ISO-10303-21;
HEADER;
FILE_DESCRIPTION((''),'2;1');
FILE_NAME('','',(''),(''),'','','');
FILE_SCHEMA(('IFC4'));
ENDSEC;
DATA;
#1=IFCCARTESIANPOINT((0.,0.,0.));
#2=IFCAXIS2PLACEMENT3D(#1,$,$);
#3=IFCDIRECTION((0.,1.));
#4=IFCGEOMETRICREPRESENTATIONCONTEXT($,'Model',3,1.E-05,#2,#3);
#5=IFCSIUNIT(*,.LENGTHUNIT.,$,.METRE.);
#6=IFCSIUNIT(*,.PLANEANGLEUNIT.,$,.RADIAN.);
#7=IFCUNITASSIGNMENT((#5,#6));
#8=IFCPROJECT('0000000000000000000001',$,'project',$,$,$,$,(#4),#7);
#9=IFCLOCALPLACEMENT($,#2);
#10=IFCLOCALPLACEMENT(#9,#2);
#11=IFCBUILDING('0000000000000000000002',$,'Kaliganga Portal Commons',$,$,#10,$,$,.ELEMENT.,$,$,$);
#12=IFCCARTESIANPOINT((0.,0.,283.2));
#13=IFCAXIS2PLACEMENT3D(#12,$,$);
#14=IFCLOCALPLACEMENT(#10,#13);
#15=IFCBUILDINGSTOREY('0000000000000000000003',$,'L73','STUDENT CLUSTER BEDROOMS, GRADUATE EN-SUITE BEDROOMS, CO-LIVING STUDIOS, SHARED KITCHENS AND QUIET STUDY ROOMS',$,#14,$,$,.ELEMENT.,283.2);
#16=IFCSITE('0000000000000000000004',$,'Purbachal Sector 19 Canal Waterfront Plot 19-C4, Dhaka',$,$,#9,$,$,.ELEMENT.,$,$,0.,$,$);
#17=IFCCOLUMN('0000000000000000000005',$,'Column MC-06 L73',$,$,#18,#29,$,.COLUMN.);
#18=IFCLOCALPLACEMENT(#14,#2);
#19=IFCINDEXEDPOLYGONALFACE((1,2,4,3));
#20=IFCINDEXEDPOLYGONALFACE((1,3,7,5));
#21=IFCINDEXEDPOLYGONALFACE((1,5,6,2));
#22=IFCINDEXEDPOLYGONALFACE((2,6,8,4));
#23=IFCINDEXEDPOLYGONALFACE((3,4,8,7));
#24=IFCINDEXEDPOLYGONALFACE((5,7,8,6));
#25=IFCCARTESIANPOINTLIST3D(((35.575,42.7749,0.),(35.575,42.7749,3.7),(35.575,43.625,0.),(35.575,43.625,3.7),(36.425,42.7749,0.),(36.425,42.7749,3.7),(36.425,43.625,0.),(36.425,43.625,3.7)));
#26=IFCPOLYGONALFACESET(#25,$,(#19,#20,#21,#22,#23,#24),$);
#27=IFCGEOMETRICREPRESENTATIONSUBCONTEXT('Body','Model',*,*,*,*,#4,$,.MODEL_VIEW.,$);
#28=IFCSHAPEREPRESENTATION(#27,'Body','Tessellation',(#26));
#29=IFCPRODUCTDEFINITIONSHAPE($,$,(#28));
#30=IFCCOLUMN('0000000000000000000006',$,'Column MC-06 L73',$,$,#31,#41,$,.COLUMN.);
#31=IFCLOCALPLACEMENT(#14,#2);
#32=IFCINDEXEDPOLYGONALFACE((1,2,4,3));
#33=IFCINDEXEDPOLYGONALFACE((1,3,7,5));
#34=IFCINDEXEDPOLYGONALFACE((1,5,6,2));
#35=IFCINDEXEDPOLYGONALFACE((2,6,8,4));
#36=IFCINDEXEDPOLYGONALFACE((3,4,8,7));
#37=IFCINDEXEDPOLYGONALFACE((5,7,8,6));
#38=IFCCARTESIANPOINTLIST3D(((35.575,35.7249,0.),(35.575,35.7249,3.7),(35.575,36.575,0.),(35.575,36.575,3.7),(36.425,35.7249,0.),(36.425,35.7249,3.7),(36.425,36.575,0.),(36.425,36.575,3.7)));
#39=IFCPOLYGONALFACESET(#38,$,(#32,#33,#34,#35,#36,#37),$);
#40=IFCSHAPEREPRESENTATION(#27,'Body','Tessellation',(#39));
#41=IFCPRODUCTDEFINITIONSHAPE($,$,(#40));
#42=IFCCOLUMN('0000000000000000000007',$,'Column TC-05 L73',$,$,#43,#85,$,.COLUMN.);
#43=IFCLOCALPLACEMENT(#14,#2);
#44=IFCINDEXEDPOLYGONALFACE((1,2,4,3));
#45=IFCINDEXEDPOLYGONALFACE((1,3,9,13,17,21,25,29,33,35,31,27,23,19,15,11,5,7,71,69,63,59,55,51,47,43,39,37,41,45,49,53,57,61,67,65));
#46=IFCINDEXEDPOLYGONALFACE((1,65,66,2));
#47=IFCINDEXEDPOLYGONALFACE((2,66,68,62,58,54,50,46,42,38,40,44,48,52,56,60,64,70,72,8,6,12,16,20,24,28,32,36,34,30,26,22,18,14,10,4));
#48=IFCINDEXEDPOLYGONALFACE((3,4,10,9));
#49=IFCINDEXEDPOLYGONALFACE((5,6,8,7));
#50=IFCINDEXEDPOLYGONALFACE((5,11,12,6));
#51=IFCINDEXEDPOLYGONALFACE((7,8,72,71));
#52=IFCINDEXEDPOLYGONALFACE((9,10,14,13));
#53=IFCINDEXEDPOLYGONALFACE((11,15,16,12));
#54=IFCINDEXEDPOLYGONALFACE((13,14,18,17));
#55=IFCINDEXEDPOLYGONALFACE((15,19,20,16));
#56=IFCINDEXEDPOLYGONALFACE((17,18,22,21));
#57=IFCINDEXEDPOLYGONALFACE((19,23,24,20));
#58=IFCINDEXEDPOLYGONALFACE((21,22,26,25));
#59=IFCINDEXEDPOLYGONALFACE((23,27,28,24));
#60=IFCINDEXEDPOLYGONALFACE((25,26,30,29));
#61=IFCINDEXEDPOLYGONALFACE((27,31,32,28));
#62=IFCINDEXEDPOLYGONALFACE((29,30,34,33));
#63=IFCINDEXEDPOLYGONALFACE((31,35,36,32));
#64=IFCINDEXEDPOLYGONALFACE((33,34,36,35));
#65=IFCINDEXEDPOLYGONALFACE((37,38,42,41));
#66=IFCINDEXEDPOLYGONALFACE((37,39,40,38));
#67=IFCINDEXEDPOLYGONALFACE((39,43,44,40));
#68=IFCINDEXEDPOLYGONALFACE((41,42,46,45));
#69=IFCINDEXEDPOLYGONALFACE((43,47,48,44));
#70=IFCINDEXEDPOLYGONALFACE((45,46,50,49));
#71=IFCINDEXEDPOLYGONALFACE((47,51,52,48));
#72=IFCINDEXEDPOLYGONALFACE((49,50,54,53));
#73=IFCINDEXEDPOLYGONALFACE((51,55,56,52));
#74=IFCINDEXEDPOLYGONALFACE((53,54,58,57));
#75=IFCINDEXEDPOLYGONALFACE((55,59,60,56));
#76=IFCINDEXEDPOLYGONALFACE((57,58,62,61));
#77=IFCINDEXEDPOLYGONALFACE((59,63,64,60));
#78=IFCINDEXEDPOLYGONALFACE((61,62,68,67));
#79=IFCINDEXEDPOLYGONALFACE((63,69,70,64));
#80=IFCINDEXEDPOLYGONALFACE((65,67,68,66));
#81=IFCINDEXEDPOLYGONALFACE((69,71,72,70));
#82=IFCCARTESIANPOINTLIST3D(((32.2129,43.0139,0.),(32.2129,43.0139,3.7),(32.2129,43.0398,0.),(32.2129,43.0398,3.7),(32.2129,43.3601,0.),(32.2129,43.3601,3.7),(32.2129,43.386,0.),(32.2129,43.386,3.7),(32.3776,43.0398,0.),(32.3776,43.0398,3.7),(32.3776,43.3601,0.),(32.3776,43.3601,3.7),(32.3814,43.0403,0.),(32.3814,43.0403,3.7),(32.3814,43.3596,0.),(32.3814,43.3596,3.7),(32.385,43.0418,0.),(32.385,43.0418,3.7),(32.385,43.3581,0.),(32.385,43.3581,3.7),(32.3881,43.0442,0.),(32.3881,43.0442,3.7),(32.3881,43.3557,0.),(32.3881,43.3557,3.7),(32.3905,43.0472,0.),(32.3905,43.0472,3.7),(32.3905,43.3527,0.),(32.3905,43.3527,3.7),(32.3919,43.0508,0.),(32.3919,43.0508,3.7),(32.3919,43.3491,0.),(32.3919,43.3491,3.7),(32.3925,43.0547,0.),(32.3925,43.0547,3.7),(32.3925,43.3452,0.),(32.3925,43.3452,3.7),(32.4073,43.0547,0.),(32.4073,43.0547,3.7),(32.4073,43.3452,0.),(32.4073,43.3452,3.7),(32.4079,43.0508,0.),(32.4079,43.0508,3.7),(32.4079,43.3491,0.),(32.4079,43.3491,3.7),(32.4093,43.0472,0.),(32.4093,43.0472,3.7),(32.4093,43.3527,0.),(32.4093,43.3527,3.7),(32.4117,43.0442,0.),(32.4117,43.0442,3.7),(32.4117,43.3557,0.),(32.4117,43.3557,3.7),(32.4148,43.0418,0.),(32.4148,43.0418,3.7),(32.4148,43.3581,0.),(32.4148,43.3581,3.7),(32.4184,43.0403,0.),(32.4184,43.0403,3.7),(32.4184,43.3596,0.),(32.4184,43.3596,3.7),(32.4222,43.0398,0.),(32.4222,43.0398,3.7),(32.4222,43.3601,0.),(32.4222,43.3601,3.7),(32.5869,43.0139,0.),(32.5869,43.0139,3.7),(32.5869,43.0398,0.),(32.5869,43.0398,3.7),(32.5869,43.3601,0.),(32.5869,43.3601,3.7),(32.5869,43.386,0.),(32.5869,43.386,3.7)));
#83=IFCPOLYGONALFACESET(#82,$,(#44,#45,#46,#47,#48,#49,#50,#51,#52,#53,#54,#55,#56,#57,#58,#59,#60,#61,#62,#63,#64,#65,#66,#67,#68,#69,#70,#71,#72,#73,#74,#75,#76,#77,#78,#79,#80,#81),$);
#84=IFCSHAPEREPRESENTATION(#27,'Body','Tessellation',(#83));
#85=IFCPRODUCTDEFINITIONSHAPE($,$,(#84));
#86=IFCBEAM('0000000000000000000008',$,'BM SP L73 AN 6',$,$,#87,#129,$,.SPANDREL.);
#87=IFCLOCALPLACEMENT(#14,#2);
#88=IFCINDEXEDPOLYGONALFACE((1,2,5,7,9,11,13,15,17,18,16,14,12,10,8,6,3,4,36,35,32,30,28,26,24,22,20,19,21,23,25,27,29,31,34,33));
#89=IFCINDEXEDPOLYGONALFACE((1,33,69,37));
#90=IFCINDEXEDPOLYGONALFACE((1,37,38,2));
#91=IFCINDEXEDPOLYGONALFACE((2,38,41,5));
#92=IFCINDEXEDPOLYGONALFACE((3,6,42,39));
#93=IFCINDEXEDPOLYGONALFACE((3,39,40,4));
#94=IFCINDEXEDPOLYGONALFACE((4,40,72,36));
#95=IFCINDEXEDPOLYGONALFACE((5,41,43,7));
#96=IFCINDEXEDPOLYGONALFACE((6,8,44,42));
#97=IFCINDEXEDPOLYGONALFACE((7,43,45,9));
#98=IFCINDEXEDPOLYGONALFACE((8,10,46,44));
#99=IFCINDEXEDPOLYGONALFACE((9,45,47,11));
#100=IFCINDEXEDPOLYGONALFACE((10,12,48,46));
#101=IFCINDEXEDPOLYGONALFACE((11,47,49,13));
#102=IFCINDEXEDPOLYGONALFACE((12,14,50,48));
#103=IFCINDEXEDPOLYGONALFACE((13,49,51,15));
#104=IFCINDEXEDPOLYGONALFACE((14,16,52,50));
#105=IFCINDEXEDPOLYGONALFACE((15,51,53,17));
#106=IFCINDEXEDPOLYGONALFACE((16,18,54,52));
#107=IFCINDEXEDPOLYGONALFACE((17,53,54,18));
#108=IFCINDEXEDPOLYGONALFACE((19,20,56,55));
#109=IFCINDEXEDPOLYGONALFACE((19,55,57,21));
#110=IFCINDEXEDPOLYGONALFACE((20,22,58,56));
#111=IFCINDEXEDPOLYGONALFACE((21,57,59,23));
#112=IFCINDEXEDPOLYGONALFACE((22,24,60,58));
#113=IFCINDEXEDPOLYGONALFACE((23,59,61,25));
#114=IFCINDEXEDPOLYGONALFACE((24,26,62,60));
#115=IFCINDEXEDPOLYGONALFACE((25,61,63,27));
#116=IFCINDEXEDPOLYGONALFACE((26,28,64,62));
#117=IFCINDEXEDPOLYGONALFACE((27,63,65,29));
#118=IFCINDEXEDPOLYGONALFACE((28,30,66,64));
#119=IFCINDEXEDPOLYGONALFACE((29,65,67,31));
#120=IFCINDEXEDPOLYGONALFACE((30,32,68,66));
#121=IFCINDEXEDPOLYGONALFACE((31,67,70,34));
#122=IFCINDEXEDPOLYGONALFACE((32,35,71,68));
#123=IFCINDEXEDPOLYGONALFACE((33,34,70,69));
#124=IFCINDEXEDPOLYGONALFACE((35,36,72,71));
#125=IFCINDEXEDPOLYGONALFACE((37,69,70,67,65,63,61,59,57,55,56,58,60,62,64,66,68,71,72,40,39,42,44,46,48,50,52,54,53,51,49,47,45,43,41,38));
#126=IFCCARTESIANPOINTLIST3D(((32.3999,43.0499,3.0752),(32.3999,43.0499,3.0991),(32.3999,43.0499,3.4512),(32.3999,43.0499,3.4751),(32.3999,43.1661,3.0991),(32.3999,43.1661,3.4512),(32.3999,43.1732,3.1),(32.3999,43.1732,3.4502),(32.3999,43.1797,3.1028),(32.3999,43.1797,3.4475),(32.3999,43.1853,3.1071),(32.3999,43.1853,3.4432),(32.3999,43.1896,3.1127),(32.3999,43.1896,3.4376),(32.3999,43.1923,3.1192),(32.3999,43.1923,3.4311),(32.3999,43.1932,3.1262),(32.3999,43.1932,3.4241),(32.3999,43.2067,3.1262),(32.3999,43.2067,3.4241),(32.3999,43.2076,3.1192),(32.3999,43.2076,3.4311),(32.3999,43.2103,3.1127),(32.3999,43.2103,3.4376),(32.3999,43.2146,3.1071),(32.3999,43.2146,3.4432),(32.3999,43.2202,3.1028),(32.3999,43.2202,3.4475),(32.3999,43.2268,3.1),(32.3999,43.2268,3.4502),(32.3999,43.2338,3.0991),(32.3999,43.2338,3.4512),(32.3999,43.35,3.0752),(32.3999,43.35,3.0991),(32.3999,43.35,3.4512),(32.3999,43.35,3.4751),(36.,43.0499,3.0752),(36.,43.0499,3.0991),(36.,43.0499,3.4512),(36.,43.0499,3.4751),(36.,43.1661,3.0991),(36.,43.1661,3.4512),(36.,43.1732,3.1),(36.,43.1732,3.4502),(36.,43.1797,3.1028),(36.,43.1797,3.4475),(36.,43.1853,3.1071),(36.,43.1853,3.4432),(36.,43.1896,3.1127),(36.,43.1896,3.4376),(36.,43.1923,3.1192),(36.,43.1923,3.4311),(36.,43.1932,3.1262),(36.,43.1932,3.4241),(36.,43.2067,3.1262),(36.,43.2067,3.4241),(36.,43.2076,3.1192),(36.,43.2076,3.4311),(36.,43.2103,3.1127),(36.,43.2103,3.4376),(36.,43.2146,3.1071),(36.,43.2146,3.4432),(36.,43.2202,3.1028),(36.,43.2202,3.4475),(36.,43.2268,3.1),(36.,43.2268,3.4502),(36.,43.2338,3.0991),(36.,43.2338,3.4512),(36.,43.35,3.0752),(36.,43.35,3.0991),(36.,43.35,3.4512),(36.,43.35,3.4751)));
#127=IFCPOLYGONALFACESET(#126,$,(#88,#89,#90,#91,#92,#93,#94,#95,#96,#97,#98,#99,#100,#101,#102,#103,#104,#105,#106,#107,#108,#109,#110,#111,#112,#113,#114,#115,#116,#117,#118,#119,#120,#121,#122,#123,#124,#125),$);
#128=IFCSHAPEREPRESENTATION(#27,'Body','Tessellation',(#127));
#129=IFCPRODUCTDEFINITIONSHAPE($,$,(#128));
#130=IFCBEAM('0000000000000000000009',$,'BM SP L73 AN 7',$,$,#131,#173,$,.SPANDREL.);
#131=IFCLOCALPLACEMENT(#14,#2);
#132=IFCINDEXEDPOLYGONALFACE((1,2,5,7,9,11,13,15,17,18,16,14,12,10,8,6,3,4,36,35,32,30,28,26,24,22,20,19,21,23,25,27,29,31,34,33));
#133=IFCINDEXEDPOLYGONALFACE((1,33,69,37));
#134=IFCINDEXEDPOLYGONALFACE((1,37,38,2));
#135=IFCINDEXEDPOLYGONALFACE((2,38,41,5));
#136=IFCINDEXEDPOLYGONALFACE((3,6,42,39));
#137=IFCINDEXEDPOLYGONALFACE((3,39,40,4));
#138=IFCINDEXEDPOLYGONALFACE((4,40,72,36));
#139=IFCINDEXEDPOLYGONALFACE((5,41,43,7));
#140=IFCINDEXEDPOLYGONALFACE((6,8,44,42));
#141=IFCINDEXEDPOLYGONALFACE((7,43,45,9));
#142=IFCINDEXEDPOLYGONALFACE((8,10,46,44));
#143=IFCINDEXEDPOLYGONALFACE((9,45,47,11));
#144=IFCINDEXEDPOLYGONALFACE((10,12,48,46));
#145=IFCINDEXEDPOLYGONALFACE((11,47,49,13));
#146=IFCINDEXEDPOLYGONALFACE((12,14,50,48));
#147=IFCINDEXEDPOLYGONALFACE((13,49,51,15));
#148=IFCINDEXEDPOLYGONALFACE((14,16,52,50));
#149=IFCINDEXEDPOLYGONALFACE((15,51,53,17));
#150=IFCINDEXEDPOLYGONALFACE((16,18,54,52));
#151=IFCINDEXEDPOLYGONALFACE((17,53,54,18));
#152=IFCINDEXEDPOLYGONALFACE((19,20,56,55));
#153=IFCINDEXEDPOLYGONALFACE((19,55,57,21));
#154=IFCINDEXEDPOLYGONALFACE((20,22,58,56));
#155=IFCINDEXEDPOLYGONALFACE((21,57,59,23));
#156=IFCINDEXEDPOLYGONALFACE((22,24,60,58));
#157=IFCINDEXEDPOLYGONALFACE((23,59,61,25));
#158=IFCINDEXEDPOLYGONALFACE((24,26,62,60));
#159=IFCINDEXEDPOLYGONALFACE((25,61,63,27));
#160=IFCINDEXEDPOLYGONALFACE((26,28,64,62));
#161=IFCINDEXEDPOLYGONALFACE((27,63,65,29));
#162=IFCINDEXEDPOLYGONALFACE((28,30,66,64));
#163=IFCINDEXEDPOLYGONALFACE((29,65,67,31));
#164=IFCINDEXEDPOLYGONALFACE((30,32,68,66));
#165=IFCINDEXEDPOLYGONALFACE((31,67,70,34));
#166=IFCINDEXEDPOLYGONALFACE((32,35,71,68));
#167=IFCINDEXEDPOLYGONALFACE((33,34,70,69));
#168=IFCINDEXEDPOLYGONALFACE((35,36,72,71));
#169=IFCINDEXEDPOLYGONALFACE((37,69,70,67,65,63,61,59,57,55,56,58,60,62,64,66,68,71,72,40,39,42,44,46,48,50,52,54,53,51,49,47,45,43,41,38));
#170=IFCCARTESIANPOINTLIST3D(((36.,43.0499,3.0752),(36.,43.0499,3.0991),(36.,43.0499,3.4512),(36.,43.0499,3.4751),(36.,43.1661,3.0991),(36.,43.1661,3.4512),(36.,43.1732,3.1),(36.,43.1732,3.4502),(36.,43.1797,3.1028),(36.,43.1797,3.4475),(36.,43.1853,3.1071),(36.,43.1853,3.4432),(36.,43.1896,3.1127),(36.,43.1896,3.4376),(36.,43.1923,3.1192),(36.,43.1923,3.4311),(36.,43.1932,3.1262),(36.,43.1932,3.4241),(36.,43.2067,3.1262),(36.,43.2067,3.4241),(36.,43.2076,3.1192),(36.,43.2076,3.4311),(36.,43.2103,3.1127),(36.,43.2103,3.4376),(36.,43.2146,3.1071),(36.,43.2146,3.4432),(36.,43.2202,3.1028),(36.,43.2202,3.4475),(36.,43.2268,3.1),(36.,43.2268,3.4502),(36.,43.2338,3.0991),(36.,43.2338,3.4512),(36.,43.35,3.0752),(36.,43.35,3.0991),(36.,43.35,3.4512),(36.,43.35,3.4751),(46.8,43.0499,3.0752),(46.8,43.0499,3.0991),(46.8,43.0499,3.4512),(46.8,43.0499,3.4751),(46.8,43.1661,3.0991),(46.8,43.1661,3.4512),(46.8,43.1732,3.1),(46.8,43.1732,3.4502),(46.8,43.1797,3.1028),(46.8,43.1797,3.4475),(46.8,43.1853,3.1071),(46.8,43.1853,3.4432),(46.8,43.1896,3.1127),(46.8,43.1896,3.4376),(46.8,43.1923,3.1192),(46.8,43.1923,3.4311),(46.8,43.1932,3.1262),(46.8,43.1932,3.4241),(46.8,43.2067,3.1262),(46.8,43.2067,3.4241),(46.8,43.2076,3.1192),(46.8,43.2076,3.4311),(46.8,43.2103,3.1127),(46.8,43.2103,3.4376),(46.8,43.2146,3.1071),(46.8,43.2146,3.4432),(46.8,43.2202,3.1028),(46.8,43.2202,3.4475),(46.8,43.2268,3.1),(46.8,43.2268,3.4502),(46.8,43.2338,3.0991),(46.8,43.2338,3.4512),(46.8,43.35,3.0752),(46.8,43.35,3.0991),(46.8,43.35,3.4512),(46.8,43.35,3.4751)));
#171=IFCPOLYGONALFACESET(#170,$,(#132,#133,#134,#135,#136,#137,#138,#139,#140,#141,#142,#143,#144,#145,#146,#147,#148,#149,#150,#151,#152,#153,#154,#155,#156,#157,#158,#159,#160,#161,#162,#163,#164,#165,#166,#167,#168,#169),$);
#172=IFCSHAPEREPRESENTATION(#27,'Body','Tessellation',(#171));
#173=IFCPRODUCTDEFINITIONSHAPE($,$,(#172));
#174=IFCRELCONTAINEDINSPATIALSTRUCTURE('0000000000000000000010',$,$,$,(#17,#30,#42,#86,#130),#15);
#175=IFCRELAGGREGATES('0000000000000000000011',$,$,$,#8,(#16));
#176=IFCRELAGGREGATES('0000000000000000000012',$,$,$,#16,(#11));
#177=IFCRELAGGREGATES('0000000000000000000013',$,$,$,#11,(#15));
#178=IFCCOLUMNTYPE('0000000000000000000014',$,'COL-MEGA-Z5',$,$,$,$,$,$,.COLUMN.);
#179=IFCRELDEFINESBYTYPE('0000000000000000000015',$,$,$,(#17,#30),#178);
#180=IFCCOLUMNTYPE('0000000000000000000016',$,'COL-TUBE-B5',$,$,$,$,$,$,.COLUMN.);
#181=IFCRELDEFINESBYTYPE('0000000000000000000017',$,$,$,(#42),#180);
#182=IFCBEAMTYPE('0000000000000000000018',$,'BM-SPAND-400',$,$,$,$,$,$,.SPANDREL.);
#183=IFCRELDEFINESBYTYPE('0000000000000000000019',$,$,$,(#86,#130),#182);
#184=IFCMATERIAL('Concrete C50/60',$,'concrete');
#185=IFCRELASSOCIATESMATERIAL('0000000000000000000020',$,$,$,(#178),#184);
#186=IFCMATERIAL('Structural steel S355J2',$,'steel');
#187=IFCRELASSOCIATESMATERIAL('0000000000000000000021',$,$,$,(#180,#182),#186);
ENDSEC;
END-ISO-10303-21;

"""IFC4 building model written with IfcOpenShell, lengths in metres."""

from ifc_helpers import new_model, si_unit, direction, frame, origin, origin_2d, place, context, subcontext, project, spatial, rectangle, i_section, extrude, source, transform, mapped, material, material_profile, profile_set, type_object, element, save


model = new_model("IFC4")

# Units and contexts
model_context = context("Model", 3, precision=1e-05, world=origin(), true_north=direction((0.0, 1.0)))
body_context = subcontext(model_context, "Body", "Model", "MODEL_VIEW")
ifc_project = project(units=[si_unit("LENGTHUNIT", "METRE"), si_unit("PLANEANGLEUNIT", "RADIAN")], contexts=[model_context])

# Site, building, storey
site_placement = place(None, origin())
site = spatial("IfcSite", under=ifc_project, at=site_placement, Name="Purbachal Sector 19 Canal Waterfront Plot 19-C4, Dhaka", CompositionType="ELEMENT", RefElevation=0.0)
building_placement = place(site_placement, origin())
building = spatial("IfcBuilding", under=site, at=building_placement, Name="Kaliganga Portal Commons", CompositionType="ELEMENT")
storey_placement = place(building_placement, frame((0.0, 0.0, 283.2)))
storey = spatial("IfcBuildingStorey", under=building, at=storey_placement, Name="L73", Description="STUDENT CLUSTER BEDROOMS, GRADUATE EN-SUITE BEDROOMS, CO-LIVING STUDIOS, SHARED KITCHENS AND QUIET STUDY ROOMS", CompositionType="ELEMENT", Elevation=283.2)

# Columns
ifc_material_1 = material(Name="Concrete C50/60", Category="concrete")
ifc_material_profile_1 = material_profile(ifc_material_1, rectangle(XDim=0.8501, YDim=0.8501, at=origin_2d()), Name="RC 850x850")
ifc_profile_set_1 = profile_set([ifc_material_profile_1], Name="Concrete C50/60")
column_type_1 = type_object("IfcColumnType", Name="COL-MEGA-Z5", PredefinedType="COLUMN", material=ifc_profile_set_1)
shared_shape_1 = source(origin(), body_context, "Body", "SweptSolid", [
    extrude(rectangle(XDim=0.8501, YDim=0.8501, at=origin_2d()), origin(), (0.0, 0.0, 1.0), 3.7),
])
for number, where, z_axis, x_axis, name in (
    (1, (36.0, 43.2, 0.0), (0.0, 0.0, 1.0), (1.0, 0.0, 0.0), "Column MC-06 L73"),
    (2, (36.0, 36.1499, 0.0), (0.0, 0.0, 1.0), (1.0, 0.0, 0.0), "Column MC-06 L73"),
):
    element("IfcColumn", number, at=place(storey_placement, frame(where, z_axis=z_axis, x_axis=x_axis)), inside=storey, type_object=column_type_1, Name=name, PredefinedType="COLUMN", context=body_context, shape_type="MappedRepresentation", body=[
        mapped(shared_shape_1, transform((0.0, 0.0, 0.0), x_axis=(1.0, 0.0, 0.0), y_axis=(0.0, 1.0, 0.0), z_axis=(0.0, 0.0, 1.0), scale=1.0)),
    ])
ifc_material_2 = material(Name="Structural steel S355J2", Category="steel")
ifc_material_profile_2 = material_profile(ifc_material_2, i_section(OverallWidth=0.374, OverallDepth=0.3721, WebThickness=0.0149, FlangeThickness=0.0259, FilletRadius=0.0149, at=origin_2d()), Name="HD 360x196")
ifc_profile_set_2 = profile_set([ifc_material_profile_2], Name="Structural steel S355J2 wide-flange")
column_type_2 = type_object("IfcColumnType", Name="COL-TUBE-B5", PredefinedType="COLUMN", material=ifc_profile_set_2)
shared_shape_2 = source(origin(), body_context, "Body", "SweptSolid", [
    extrude(i_section(OverallWidth=0.374, OverallDepth=0.3721, WebThickness=0.0149, FlangeThickness=0.0259, FilletRadius=0.0149, at=origin_2d()), origin(), (0.0, 0.0, 1.0), 3.7),
])
column_placement = place(storey_placement, frame((32.3999, 43.2, 0.0), z_axis=(0.0, 0.0, 1.0), x_axis=(1.0, 0.0, 0.0)))
element("IfcColumn", 3, at=column_placement, inside=storey, type_object=column_type_2, Name="Column TC-05 L73", PredefinedType="COLUMN", context=body_context, shape_type="MappedRepresentation", body=[
    mapped(shared_shape_2, transform((0.0, 0.0, 0.0), x_axis=(1.0, 0.0, 0.0), y_axis=(0.0, 1.0, 0.0), z_axis=(0.0, 0.0, 1.0), scale=1.0)),
])

# Beams
ifc_material_profile_3 = material_profile(ifc_material_2, i_section(OverallWidth=0.3, OverallDepth=0.3999, WebThickness=0.0134, FlangeThickness=0.0239, FilletRadius=0.0271, at=origin_2d()), Name="HE 400 B")
ifc_profile_set_3 = profile_set([ifc_material_profile_3], Name="Structural steel S355J2 wide-flange")
beam_type_1 = type_object("IfcBeamType", Name="BM-SPAND-400", PredefinedType="SPANDREL", material=ifc_profile_set_3)
shared_shape_3 = source(origin(), body_context, "Body", "SweptSolid", [
    extrude(i_section(OverallWidth=0.3, OverallDepth=0.3999, WebThickness=0.0134, FlangeThickness=0.0239, FilletRadius=0.0271, at=origin_2d()), origin(), (0.0, 0.0, 1.0), 3.6001),
])
beam_1_placement = place(storey_placement, frame((32.3999, 43.2, 3.2751), z_axis=(1.0, 0.0, 0.0), x_axis=(0.0, 1.0, 0.0)))
element("IfcBeam", 4, at=beam_1_placement, inside=storey, type_object=beam_type_1, Name="BM SP L73 AN 6", PredefinedType="SPANDREL", context=body_context, shape_type="MappedRepresentation", body=[
    mapped(shared_shape_3, transform((0.0, 0.0, 0.0), x_axis=(1.0, 0.0, 0.0), y_axis=(0.0, 1.0, 0.0), z_axis=(0.0, 0.0, 1.0), scale=1.0)),
])
shared_shape_4 = source(origin(), body_context, "Body", "SweptSolid", [
    extrude(i_section(OverallWidth=0.3, OverallDepth=0.3999, WebThickness=0.0134, FlangeThickness=0.0239, FilletRadius=0.0271, at=origin_2d()), origin(), (0.0, 0.0, 1.0), 10.8),
])
beam_2_placement = place(storey_placement, frame((36.0, 43.2, 3.2751), z_axis=(1.0, 0.0, 0.0), x_axis=(0.0, 1.0, 0.0)))
element("IfcBeam", 5, at=beam_2_placement, inside=storey, type_object=beam_type_1, Name="BM SP L73 AN 7", PredefinedType="SPANDREL", context=body_context, shape_type="MappedRepresentation", body=[
    mapped(shared_shape_4, transform((0.0, 0.0, 0.0), x_axis=(1.0, 0.0, 0.0), y_axis=(0.0, 1.0, 0.0), z_axis=(0.0, 0.0, 1.0), scale=1.0)),
])

save(model, "model.ifc")
